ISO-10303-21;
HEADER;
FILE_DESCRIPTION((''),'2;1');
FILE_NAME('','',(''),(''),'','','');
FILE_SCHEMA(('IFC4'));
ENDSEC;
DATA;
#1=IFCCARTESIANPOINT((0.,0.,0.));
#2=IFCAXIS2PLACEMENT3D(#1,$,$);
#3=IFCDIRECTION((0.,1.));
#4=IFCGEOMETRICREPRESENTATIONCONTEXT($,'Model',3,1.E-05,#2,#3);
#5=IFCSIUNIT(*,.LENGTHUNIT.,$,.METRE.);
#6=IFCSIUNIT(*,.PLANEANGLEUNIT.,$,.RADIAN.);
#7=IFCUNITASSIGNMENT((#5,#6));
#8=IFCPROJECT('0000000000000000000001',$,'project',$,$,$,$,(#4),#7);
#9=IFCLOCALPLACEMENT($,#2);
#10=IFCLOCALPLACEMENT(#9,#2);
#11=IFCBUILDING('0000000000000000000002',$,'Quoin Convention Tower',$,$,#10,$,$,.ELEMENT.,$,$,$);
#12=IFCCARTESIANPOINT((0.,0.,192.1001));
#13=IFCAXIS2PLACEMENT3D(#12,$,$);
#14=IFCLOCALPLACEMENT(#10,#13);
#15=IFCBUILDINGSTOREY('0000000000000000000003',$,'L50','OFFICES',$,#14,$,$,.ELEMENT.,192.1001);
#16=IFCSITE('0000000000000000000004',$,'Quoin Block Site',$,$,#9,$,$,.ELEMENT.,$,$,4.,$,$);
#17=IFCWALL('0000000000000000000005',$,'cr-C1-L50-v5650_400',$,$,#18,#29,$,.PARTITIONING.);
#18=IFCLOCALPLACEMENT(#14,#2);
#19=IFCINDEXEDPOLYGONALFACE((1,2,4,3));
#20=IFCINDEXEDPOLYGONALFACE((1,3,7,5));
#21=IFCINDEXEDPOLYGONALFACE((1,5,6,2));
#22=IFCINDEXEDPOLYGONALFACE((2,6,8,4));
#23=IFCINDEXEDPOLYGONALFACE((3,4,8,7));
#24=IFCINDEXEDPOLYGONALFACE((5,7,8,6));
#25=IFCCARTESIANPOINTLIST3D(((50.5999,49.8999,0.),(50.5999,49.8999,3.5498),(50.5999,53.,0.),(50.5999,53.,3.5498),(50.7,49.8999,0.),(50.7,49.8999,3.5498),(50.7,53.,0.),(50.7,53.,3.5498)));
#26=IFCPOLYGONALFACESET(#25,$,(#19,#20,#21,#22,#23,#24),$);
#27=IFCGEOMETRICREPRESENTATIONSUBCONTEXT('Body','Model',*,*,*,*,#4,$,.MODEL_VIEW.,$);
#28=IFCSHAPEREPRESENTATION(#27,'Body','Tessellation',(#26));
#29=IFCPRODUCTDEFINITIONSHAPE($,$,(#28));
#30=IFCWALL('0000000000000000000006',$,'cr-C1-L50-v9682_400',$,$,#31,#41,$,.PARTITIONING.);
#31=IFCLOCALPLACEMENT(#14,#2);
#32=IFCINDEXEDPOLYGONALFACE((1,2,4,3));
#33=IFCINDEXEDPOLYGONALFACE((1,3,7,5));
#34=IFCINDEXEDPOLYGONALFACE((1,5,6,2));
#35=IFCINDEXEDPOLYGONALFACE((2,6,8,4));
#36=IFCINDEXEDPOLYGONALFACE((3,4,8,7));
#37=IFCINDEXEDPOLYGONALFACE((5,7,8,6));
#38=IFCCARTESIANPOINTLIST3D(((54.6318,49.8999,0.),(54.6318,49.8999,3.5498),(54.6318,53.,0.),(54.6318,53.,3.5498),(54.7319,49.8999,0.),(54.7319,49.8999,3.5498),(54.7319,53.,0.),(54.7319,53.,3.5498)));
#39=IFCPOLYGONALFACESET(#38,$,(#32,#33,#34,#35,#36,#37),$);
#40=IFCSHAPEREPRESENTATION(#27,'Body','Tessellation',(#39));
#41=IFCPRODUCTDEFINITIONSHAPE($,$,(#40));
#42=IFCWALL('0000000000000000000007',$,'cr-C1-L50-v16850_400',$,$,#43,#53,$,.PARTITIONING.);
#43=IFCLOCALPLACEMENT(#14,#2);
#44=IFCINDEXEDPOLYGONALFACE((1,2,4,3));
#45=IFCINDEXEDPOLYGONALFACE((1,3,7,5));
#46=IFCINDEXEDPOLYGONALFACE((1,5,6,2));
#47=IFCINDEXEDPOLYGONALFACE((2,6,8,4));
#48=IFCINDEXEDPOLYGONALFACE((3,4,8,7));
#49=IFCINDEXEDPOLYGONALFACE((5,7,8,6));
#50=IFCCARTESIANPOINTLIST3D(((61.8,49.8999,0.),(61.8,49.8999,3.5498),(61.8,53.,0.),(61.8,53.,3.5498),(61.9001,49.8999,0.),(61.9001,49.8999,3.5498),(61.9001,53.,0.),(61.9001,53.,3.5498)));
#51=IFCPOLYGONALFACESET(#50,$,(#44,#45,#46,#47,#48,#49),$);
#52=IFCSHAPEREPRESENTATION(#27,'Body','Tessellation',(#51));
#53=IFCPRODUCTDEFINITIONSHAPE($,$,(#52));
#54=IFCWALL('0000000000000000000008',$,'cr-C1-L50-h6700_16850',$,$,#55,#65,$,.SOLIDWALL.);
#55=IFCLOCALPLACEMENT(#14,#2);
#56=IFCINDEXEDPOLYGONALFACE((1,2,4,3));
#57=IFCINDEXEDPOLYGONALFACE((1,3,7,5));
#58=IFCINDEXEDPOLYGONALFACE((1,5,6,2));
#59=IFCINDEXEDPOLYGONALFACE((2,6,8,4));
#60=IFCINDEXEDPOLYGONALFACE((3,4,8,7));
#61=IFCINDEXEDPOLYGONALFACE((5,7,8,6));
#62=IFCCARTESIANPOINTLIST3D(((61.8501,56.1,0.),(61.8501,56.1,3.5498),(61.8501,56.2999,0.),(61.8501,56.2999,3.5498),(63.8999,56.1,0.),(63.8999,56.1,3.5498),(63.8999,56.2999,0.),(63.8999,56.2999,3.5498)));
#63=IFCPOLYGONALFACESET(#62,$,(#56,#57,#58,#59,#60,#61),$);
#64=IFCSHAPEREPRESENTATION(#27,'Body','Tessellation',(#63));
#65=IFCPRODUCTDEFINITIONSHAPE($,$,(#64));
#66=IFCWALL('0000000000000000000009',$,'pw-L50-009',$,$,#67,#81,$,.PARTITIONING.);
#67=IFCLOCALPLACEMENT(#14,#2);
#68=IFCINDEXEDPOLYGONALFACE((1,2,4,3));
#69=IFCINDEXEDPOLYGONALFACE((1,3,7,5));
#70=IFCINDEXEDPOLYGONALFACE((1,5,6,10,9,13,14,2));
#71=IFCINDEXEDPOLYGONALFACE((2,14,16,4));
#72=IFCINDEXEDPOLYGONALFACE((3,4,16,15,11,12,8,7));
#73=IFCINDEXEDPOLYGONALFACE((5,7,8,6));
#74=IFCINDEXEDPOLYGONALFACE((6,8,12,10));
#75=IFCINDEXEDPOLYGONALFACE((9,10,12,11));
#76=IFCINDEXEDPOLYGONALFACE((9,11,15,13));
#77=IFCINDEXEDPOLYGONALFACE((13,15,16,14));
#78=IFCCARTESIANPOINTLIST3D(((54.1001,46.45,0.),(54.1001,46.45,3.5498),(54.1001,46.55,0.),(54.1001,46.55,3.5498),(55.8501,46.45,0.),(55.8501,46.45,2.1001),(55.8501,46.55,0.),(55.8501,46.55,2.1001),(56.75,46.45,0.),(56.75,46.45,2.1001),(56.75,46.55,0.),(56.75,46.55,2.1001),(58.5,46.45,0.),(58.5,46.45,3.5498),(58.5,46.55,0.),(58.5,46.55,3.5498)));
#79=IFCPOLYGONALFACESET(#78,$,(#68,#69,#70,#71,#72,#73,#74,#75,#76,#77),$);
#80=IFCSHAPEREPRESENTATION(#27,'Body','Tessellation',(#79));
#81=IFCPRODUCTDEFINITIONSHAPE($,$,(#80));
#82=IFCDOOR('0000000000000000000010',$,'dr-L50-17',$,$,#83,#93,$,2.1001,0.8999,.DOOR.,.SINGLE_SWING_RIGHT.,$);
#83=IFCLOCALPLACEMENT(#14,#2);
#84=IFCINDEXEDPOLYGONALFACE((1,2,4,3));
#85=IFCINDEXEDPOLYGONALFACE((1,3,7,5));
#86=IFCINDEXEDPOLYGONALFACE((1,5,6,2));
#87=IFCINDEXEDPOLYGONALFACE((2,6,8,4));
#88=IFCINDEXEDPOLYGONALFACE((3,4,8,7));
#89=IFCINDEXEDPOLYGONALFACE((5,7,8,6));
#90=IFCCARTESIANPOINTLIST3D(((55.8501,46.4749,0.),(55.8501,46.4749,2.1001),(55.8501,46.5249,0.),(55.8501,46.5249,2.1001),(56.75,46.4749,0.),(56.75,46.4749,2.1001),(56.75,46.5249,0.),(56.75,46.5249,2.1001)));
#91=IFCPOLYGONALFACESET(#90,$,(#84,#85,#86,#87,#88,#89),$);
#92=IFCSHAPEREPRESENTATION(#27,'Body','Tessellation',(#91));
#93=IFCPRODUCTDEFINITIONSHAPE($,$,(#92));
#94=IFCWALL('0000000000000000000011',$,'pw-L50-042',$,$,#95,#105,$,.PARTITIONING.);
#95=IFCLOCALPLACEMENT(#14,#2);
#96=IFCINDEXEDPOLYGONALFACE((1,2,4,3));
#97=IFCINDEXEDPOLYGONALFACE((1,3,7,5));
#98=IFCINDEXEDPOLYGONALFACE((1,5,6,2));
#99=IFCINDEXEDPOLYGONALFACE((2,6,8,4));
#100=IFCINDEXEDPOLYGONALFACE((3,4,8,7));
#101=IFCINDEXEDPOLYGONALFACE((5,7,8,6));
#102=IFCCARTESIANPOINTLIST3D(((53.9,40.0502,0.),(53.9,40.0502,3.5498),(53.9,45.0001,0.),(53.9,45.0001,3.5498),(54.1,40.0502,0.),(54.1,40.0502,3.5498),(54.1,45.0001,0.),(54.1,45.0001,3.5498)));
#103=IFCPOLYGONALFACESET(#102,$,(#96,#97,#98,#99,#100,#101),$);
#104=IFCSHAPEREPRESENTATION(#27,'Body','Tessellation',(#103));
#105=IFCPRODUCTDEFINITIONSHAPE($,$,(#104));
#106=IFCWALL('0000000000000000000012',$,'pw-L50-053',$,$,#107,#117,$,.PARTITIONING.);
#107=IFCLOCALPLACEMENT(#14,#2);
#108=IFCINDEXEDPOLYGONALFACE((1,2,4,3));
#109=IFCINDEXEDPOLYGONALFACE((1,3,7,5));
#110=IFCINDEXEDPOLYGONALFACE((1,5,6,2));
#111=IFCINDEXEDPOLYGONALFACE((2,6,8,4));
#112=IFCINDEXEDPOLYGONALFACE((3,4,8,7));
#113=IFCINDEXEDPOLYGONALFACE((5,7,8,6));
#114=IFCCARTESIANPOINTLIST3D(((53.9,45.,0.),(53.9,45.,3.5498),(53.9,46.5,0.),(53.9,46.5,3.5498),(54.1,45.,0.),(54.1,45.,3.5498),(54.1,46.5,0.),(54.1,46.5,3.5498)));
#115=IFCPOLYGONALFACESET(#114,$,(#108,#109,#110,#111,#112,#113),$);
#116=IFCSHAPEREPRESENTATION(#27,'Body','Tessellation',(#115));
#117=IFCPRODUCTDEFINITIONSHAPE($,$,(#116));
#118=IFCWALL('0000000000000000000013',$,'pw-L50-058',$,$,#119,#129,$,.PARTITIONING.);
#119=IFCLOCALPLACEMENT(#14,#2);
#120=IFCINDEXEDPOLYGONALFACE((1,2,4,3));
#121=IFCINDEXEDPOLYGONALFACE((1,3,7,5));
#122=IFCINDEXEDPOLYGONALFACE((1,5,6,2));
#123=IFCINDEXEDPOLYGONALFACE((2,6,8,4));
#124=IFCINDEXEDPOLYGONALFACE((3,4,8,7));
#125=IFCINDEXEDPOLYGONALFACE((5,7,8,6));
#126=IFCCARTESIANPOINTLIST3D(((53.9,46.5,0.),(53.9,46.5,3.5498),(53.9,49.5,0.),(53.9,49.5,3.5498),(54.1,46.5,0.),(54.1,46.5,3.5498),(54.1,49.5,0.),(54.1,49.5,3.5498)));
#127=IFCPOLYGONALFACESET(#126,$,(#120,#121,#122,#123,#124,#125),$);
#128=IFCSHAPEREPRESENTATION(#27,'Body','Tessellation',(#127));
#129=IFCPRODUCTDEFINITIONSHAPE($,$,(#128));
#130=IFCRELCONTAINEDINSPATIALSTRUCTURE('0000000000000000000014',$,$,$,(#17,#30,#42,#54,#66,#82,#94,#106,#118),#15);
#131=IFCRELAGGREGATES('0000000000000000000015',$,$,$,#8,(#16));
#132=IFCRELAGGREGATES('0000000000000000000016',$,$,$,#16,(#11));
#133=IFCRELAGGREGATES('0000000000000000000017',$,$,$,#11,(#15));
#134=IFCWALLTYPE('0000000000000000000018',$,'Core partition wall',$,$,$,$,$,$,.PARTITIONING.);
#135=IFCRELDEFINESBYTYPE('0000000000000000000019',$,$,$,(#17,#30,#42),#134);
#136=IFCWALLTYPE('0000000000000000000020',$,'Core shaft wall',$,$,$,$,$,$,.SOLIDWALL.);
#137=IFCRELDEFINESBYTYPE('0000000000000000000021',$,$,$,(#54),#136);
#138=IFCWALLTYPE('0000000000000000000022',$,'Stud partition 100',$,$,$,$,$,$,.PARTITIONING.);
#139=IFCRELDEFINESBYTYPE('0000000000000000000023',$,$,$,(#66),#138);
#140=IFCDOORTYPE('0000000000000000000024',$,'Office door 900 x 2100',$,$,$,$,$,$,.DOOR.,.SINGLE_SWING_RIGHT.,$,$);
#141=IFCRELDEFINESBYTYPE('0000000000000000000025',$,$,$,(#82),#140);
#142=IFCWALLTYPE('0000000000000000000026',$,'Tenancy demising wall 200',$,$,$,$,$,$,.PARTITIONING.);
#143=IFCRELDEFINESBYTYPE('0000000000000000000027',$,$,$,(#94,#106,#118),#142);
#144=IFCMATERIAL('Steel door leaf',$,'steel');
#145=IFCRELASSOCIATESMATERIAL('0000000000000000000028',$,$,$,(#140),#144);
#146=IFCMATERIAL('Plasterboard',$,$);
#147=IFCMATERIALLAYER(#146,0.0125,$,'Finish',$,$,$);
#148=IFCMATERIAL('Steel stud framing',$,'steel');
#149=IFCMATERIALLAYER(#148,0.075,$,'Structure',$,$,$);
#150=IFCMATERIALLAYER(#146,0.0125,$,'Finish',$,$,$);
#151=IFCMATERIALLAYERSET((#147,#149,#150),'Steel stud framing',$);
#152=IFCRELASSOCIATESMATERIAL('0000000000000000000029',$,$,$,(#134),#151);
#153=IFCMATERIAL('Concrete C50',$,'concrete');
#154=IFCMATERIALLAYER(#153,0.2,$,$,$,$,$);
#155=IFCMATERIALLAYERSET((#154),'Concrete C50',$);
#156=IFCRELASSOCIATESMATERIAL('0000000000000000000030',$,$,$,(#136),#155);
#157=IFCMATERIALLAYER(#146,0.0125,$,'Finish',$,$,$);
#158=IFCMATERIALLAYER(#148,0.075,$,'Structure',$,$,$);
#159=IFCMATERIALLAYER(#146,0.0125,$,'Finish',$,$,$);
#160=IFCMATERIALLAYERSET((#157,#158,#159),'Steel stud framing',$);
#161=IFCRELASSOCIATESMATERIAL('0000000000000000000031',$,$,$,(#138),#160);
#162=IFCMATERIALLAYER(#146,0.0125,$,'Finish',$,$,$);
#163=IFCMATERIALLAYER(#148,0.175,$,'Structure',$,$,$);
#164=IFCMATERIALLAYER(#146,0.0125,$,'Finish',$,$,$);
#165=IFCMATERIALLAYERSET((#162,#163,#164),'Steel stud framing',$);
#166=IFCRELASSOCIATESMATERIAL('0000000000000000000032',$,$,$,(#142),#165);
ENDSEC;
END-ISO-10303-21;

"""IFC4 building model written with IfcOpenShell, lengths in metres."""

from ifc_helpers import new_model, si_unit, direction, frame, frame_2d, origin, place, context, subcontext, project, spatial, rectangle, extrude, material, layer, layer_set, type_object, element, fill, save


model = new_model("IFC4")

# Units and contexts
model_context = context("Model", 3, precision=1e-05, world=origin(), true_north=direction((0.0, 1.0)))
body_context = subcontext(model_context, "Body", "Model", "MODEL_VIEW")
ifc_project = project(units=[si_unit("LENGTHUNIT", "METRE"), si_unit("PLANEANGLEUNIT", "RADIAN")], contexts=[model_context])

# Site, building, storey
site_placement = place(None, origin())
site = spatial("IfcSite", under=ifc_project, at=site_placement, Name="Quoin Block Site", CompositionType="ELEMENT", RefElevation=4.0)
building_placement = place(site_placement, origin())
building = spatial("IfcBuilding", under=site, at=building_placement, Name="Quoin Convention Tower", CompositionType="ELEMENT")
storey_placement = place(building_placement, frame((0.0, 0.0, 192.1001)))
storey = spatial("IfcBuildingStorey", under=building, at=storey_placement, Name="L50", Description="OFFICES", CompositionType="ELEMENT", Elevation=192.1001)

# Shared definitions
ifc_material_1 = material(Name="Concrete C50", Category="concrete")

# Shared definitions
ifc_material_2 = material(Name="Plasterboard")
ifc_material_3 = material(Name="Steel stud framing", Category="steel")
ifc_material_4 = material(Name="Steel door leaf", Category="steel")
door_type = type_object("IfcDoorType", Name="Office door 900 x 2100", OperationType="SINGLE_SWING_RIGHT", PredefinedType="DOOR", material=ifc_material_4)

# Walls
ifc_layer_1 = layer(ifc_material_2, 0.0125, Name="Finish")
ifc_layer_2 = layer(ifc_material_3, 0.075, Name="Structure")
ifc_layer_3 = layer(ifc_material_2, 0.0125, Name="Finish")
ifc_layer_set_1 = layer_set([ifc_layer_1, ifc_layer_2, ifc_layer_3], Name="Steel stud framing")
wall_type_1 = type_object("IfcWallType", Name="Core partition wall", PredefinedType="PARTITIONING", material=ifc_layer_set_1)
for number, where, z_axis, x_axis, name in (
    (1, (50.6499, 49.8999, 0.0), (0.0, 0.0, 1.0), (0.0, 1.0, 0.0), "cr-C1-L50-v5650_400"),
    (2, (54.6819, 49.8999, 0.0), (0.0, 0.0, 1.0), (0.0, 1.0, 0.0), "cr-C1-L50-v9682_400"),
    (3, (61.8501, 49.8999, 0.0), (0.0, 0.0, 1.0), (0.0, 1.0, 0.0), "cr-C1-L50-v16850_400"),
):
    element("IfcWall", number, at=place(storey_placement, frame(where, z_axis=z_axis, x_axis=x_axis)), inside=storey, type_object=wall_type_1, Name=name, PredefinedType="PARTITIONING", context=body_context, shape_type="SweptSolid", body=[
        extrude(rectangle(XDim=3.1001, YDim=0.1001, at=frame_2d((1.55, 0.0))), origin(), (0.0, 0.0, 1.0), 3.5498),
    ])
ifc_layer_4 = layer(ifc_material_1, 0.2)
ifc_layer_set_2 = layer_set([ifc_layer_4], Name="Concrete C50")
wall_type_2 = type_object("IfcWallType", Name="Core shaft wall", PredefinedType="SOLIDWALL", material=ifc_layer_set_2)
wall_1_placement = place(storey_placement, frame((61.8501, 56.2, 0.0), z_axis=(0.0, 0.0, 1.0), x_axis=(1.0, 0.0, 0.0)))
element("IfcWall", 4, at=wall_1_placement, inside=storey, type_object=wall_type_2, Name="cr-C1-L50-h6700_16850", PredefinedType="SOLIDWALL", context=body_context, shape_type="SweptSolid", body=[
    extrude(rectangle(XDim=2.0498, YDim=0.2, at=frame_2d((1.0249, 0.0))), origin(), (0.0, 0.0, 1.0), 3.5498),
])

# Wall, opening, door
ifc_layer_5 = layer(ifc_material_2, 0.0125, Name="Finish")
ifc_layer_6 = layer(ifc_material_3, 0.075, Name="Structure")
ifc_layer_7 = layer(ifc_material_2, 0.0125, Name="Finish")
ifc_layer_set_3 = layer_set([ifc_layer_5, ifc_layer_6, ifc_layer_7], Name="Steel stud framing")
wall_type_3 = type_object("IfcWallType", Name="Stud partition 100", PredefinedType="PARTITIONING", material=ifc_layer_set_3)
wall_2_placement = place(storey_placement, frame((54.1001, 46.5, 0.0), z_axis=(0.0, 0.0, 1.0), x_axis=(1.0, 0.0, 0.0)))
wall_2 = element("IfcWall", 5, at=wall_2_placement, inside=storey, type_object=wall_type_3, Name="pw-L50-009", PredefinedType="PARTITIONING", context=body_context, shape_type="SweptSolid", body=[
    extrude(rectangle(XDim=4.3999, YDim=0.1001, at=frame_2d((2.2, 0.0))), origin(), (0.0, 0.0, 1.0), 3.5498),
])
opening_1_placement = place(wall_2_placement, frame((1.75, 0.0, 0.0)))
opening_1 = element("IfcOpeningElement", 6, at=opening_1_placement, cuts=wall_2, PredefinedType="OPENING", context=body_context, shape_type="SweptSolid", body=[
    extrude(rectangle(XDim=0.8999, YDim=2.1001, at=frame_2d((0.45, 1.05))), frame((0.0, 0.0601, 0.0), z_axis=(0.0, -1.0, 0.0), x_axis=(1.0, 0.0, 0.0)), (0.0, 0.0, 1.0), 0.1201),
])
door_1_placement = place(opening_1_placement, origin())
door_1 = element("IfcDoor", 7, at=door_1_placement, inside=storey, type_object=door_type, Name="dr-L50-17", OperationType="SINGLE_SWING_RIGHT", OverallHeight=2.1001, OverallWidth=0.8999, PredefinedType="DOOR", context=body_context, shape_type="SweptSolid", body=[
    extrude(rectangle(XDim=0.8999, YDim=2.1001, at=frame_2d((0.45, 1.05))), frame((0.0, 0.0249, 0.0), z_axis=(0.0, -1.0, 0.0), x_axis=(1.0, 0.0, 0.0)), (0.0, 0.0, 1.0), 0.05),
])
fill(opening_1, door_1)

# Walls
ifc_layer_8 = layer(ifc_material_2, 0.0125, Name="Finish")
ifc_layer_9 = layer(ifc_material_3, 0.175, Name="Structure")
ifc_layer_10 = layer(ifc_material_2, 0.0125, Name="Finish")
ifc_layer_set_4 = layer_set([ifc_layer_8, ifc_layer_9, ifc_layer_10], Name="Steel stud framing")
wall_type_4 = type_object("IfcWallType", Name="Tenancy demising wall 200", PredefinedType="PARTITIONING", material=ifc_layer_set_4)
wall_3_placement = place(storey_placement, frame((54.0, 40.05, 0.0), z_axis=(0.0, 0.0, 1.0), x_axis=(0.0, 1.0, 0.0)))
element("IfcWall", 8, at=wall_3_placement, inside=storey, type_object=wall_type_4, Name="pw-L50-042", PredefinedType="PARTITIONING", context=body_context, shape_type="SweptSolid", body=[
    extrude(rectangle(XDim=4.95, YDim=0.2, at=frame_2d((2.4751, 0.0))), origin(), (0.0, 0.0, 1.0), 3.5498),
])
wall_4_placement = place(storey_placement, frame((54.0, 45.0, 0.0), z_axis=(0.0, 0.0, 1.0), x_axis=(0.0, 1.0, 0.0)))
element("IfcWall", 9, at=wall_4_placement, inside=storey, type_object=wall_type_4, Name="pw-L50-053", PredefinedType="PARTITIONING", context=body_context, shape_type="SweptSolid", body=[
    extrude(rectangle(XDim=1.5, YDim=0.2, at=frame_2d((0.75, 0.0))), origin(), (0.0, 0.0, 1.0), 3.5498),
])
wall_5_placement = place(storey_placement, frame((54.0, 46.5, 0.0), z_axis=(0.0, 0.0, 1.0), x_axis=(0.0, 1.0, 0.0)))
element("IfcWall", 10, at=wall_5_placement, inside=storey, type_object=wall_type_4, Name="pw-L50-058", PredefinedType="PARTITIONING", context=body_context, shape_type="SweptSolid", body=[
    extrude(rectangle(XDim=3.0, YDim=0.2, at=frame_2d((1.5, 0.0))), origin(), (0.0, 0.0, 1.0), 3.5498),
])

save(model, "model.ifc")
